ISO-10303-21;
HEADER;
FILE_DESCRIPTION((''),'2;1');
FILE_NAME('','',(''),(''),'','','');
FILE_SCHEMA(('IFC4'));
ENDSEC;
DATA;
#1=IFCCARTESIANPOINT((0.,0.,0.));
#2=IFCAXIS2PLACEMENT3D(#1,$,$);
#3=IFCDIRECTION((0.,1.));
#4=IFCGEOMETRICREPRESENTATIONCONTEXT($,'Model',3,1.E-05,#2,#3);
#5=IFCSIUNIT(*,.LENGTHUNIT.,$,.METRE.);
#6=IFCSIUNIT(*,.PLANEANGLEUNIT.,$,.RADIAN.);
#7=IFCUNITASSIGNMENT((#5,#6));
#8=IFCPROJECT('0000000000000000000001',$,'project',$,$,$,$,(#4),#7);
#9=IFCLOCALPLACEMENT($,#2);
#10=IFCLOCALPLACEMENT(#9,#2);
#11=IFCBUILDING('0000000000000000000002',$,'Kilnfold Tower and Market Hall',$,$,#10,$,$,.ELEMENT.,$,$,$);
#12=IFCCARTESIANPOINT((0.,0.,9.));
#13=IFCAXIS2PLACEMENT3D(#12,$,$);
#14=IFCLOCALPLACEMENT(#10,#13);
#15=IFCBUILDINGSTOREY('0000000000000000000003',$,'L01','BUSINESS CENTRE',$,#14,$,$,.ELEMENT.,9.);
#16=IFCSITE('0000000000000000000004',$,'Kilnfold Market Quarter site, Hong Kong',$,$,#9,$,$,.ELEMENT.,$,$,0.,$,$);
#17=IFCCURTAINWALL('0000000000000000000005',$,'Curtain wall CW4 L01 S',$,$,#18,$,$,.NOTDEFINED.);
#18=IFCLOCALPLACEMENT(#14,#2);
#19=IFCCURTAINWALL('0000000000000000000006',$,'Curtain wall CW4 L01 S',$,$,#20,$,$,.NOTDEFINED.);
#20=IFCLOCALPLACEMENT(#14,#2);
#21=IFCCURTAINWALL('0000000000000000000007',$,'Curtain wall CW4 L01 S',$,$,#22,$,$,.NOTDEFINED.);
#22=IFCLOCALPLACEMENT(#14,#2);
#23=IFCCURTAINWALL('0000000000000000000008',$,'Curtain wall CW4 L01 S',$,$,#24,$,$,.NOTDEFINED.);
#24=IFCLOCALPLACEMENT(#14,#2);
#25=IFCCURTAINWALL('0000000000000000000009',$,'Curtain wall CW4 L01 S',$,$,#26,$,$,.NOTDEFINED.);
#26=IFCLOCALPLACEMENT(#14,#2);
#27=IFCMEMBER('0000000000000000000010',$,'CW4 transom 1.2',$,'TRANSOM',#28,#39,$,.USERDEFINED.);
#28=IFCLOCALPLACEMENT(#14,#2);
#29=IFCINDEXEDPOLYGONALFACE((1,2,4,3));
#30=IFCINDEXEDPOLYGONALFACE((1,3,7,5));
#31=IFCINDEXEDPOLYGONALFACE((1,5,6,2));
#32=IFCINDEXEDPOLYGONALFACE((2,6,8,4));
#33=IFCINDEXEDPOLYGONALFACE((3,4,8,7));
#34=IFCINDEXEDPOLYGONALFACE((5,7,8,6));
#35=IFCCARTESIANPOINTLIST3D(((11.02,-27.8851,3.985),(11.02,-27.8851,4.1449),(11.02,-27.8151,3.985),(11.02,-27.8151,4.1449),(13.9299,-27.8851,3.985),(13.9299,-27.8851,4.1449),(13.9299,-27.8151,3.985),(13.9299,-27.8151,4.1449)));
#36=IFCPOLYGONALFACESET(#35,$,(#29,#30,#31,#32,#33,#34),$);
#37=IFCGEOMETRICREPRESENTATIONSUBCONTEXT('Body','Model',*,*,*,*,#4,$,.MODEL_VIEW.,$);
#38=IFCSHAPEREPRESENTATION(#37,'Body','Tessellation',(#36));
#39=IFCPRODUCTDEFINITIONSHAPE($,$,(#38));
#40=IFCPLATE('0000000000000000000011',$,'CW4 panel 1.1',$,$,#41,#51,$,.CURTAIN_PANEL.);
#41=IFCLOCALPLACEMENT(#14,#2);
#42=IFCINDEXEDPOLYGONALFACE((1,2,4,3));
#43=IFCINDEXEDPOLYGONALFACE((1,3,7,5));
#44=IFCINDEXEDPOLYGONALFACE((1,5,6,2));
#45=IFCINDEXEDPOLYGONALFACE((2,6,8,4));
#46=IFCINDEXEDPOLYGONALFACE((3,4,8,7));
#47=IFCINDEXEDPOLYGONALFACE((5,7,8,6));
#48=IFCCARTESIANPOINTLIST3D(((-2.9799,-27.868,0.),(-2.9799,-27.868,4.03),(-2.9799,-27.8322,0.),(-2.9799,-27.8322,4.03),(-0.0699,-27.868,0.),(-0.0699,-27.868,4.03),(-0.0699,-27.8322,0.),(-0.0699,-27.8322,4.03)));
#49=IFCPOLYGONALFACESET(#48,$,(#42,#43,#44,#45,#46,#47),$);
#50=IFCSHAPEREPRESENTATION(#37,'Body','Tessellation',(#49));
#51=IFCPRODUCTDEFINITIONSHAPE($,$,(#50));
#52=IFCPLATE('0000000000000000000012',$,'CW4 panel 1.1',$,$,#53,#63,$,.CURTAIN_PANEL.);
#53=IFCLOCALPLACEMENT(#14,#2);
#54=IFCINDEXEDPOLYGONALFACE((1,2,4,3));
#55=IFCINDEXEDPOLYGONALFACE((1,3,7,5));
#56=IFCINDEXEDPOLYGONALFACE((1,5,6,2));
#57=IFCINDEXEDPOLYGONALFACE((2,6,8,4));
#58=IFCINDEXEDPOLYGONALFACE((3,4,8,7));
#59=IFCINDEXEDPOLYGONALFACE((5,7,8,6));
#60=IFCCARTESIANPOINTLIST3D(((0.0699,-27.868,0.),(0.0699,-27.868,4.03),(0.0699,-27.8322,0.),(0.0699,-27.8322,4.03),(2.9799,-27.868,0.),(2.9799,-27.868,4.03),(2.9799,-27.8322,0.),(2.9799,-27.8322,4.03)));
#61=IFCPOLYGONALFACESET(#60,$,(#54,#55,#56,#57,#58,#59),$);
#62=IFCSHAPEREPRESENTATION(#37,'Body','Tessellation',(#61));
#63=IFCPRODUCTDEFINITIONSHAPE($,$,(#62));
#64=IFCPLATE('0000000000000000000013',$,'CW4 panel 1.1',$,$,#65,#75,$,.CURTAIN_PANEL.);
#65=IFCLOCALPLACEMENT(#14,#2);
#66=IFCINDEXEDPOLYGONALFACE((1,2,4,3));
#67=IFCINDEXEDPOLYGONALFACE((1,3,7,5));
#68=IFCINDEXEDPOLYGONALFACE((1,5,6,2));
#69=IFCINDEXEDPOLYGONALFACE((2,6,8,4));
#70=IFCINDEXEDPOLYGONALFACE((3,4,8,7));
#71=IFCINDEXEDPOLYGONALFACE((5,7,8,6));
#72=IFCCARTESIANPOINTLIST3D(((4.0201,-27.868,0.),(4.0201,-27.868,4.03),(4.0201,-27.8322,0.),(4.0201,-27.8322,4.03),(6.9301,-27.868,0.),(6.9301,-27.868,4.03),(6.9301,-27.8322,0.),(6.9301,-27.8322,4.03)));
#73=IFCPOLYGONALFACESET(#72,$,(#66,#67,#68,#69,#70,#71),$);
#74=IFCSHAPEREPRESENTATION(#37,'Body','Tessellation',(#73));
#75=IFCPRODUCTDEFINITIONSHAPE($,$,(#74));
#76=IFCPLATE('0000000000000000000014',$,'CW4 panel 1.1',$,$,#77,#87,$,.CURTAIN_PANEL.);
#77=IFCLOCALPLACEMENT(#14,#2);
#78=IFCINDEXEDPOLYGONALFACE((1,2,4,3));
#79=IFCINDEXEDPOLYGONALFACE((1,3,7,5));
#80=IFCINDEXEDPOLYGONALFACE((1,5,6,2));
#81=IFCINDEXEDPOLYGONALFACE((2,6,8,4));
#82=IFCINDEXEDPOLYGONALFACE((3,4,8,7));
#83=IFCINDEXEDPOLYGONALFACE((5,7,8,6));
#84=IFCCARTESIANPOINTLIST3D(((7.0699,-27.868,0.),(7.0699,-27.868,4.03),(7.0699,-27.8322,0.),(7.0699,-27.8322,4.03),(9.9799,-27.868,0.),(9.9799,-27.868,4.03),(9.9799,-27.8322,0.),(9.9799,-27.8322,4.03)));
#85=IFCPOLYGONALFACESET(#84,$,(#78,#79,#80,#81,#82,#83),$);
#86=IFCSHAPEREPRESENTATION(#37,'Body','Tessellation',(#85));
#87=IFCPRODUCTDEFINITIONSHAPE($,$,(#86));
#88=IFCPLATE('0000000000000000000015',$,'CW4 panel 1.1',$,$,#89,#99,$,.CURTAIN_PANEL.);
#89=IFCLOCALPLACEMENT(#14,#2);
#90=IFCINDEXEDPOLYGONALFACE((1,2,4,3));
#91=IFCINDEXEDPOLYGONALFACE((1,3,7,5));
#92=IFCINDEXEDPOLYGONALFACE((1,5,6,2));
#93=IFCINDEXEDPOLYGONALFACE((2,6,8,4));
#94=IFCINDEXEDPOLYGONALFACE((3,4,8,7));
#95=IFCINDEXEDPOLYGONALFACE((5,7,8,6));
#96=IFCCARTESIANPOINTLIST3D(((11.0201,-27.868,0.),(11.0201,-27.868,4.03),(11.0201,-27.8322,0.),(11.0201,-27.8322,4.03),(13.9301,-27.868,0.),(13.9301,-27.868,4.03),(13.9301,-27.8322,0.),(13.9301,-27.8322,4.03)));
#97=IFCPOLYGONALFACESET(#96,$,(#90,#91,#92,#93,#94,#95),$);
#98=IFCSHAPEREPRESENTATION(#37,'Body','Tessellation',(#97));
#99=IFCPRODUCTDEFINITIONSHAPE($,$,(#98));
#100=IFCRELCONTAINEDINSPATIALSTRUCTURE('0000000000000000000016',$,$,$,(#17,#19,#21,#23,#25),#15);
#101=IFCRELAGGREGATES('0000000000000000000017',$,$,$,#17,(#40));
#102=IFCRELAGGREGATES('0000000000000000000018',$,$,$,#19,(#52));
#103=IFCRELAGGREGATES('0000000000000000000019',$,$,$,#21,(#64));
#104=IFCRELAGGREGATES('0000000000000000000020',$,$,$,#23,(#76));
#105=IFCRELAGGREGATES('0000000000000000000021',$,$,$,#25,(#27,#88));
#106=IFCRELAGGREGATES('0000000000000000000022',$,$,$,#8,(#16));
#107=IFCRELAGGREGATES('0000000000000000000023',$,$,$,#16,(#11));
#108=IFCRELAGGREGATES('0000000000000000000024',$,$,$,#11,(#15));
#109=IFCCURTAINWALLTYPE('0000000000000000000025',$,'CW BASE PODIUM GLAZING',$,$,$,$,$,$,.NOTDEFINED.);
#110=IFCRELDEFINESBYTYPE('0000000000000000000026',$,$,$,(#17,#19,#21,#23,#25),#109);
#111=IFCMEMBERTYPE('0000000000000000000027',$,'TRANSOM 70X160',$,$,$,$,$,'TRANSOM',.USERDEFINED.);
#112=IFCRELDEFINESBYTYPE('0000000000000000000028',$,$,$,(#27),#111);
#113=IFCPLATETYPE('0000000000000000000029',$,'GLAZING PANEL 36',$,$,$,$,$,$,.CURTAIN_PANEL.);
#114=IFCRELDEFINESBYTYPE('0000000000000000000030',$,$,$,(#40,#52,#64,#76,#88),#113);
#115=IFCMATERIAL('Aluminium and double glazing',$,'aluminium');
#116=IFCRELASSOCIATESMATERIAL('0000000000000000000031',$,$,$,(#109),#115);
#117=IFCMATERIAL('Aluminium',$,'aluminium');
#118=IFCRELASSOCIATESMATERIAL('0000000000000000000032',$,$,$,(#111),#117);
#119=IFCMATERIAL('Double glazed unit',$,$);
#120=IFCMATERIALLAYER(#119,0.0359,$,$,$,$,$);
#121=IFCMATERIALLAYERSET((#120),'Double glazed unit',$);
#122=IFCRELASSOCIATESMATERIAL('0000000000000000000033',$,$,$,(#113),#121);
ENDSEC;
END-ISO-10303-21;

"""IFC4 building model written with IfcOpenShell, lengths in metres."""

from ifc_helpers import new_model, si_unit, direction, frame, origin, origin_2d, place, context, subcontext, project, spatial, rectangle, extrude, source, transform, mapped, material, layer, layer_set, material_profile, profile_set, type_object, element, aggregate, save


model = new_model("IFC4")

# Units and contexts
model_context = context("Model", 3, precision=1e-05, world=origin(), true_north=direction((0.0, 1.0)))
body_context = subcontext(model_context, "Body", "Model", "MODEL_VIEW")
ifc_project = project(units=[si_unit("LENGTHUNIT", "METRE"), si_unit("PLANEANGLEUNIT", "RADIAN")], contexts=[model_context])

# Site, building, storey
site_placement = place(None, origin())
site = spatial("IfcSite", under=ifc_project, at=site_placement, Name="Kilnfold Market Quarter site, Hong Kong", CompositionType="ELEMENT", RefElevation=0.0)
building_placement = place(site_placement, origin())
building = spatial("IfcBuilding", under=site, at=building_placement, Name="Kilnfold Tower and Market Hall", CompositionType="ELEMENT")
storey_placement = place(building_placement, frame((0.0, 0.0, 9.0)))
storey = spatial("IfcBuildingStorey", under=building, at=storey_placement, Name="L01", Description="BUSINESS CENTRE", CompositionType="ELEMENT", Elevation=9.0)

# Curtain walls
ifc_material_1 = material(Name="Aluminium and double glazing", Category="aluminium")
curtain_wall_type = type_object("IfcCurtainWallType", Name="CW BASE PODIUM GLAZING", PredefinedType="NOTDEFINED", material=ifc_material_1)
curtain_wall_1_placement = place(storey_placement, origin())
curtain_wall_1 = element("IfcCurtainWall", 1, at=curtain_wall_1_placement, inside=storey, type_object=curtain_wall_type, Name="Curtain wall CW4 L01 S", PredefinedType="NOTDEFINED")
curtain_wall_2_placement = place(storey_placement, origin())
curtain_wall_2 = element("IfcCurtainWall", 2, at=curtain_wall_2_placement, inside=storey, type_object=curtain_wall_type, Name="Curtain wall CW4 L01 S", PredefinedType="NOTDEFINED")
curtain_wall_3_placement = place(storey_placement, origin())
curtain_wall_3 = element("IfcCurtainWall", 3, at=curtain_wall_3_placement, inside=storey, type_object=curtain_wall_type, Name="Curtain wall CW4 L01 S", PredefinedType="NOTDEFINED")
curtain_wall_4_placement = place(storey_placement, origin())
curtain_wall_4 = element("IfcCurtainWall", 4, at=curtain_wall_4_placement, inside=storey, type_object=curtain_wall_type, Name="Curtain wall CW4 L01 S", PredefinedType="NOTDEFINED")
curtain_wall_5_placement = place(storey_placement, origin())
curtain_wall_5 = element("IfcCurtainWall", 5, at=curtain_wall_5_placement, inside=storey, type_object=curtain_wall_type, Name="Curtain wall CW4 L01 S", PredefinedType="NOTDEFINED")

# Member
ifc_material_2 = material(Name="Aluminium", Category="aluminium")
ifc_material_profile_1 = material_profile(ifc_material_2, rectangle(XDim=0.0701, YDim=0.1599, at=origin_2d()), Name="TRANSOM 70x160")
ifc_profile_set_1 = profile_set([ifc_material_profile_1], Name="Aluminium")
member_type_1 = type_object("IfcMemberType", Name="TRANSOM 70X160", ElementType="TRANSOM", PredefinedType="USERDEFINED", material=ifc_profile_set_1)
shared_shape_1 = source(origin(), body_context, "Body", "SweptSolid", [
    extrude(rectangle(XDim=0.0701, YDim=0.1599, at=origin_2d()), origin(), (0.0, 0.0, 1.0), 2.9099),
])
member_1_placement = place(storey_placement, frame((11.02, -27.8501, 4.0649), z_axis=(1.0, 0.0, 0.0), x_axis=(0.0, 1.0, 0.0)))
member_1 = element("IfcMember", 6, at=member_1_placement, type_object=member_type_1, Name="CW4 transom 1.2", ObjectType="TRANSOM", PredefinedType="USERDEFINED", context=body_context, shape_type="MappedRepresentation", body=[
    mapped(shared_shape_1, transform((0.0, 0.0, 0.0))),
])

# Plates
ifc_material_3 = material(Name="Double glazed unit")
ifc_layer = layer(ifc_material_3, 0.0359)
ifc_layer_set = layer_set([ifc_layer], Name="Double glazed unit")
plate_type = type_object("IfcPlateType", Name="GLAZING PANEL 36", PredefinedType="CURTAIN_PANEL", material=ifc_layer_set)
shared_shape_2 = source(origin(), body_context, "Body", "SweptSolid", [
    extrude(rectangle(XDim=2.9099, YDim=0.0359, at=origin_2d()), origin(), (0.0, 0.0, 1.0), 4.03),
])
plate_1_placement = place(storey_placement, frame((-1.5249, -27.8501, 0.0), z_axis=(0.0, 0.0, 1.0), x_axis=(1.0, 0.0, 0.0)))
plate_1 = element("IfcPlate", 7, at=plate_1_placement, type_object=plate_type, Name="CW4 panel 1.1", PredefinedType="CURTAIN_PANEL", context=body_context, shape_type="MappedRepresentation", body=[
    mapped(shared_shape_2, transform((0.0, 0.0, 0.0))),
])
aggregate(curtain_wall_1, [plate_1])
plate_2_placement = place(storey_placement, frame((1.5249, -27.8501, 0.0), z_axis=(0.0, 0.0, 1.0), x_axis=(1.0, 0.0, 0.0)))
plate_2 = element("IfcPlate", 8, at=plate_2_placement, type_object=plate_type, Name="CW4 panel 1.1", PredefinedType="CURTAIN_PANEL", context=body_context, shape_type="MappedRepresentation", body=[
    mapped(shared_shape_2, transform((0.0, 0.0, 0.0))),
])
aggregate(curtain_wall_2, [plate_2])
plate_3_placement = place(storey_placement, frame((5.4751, -27.8501, 0.0), z_axis=(0.0, 0.0, 1.0), x_axis=(1.0, 0.0, 0.0)))
plate_3 = element("IfcPlate", 9, at=plate_3_placement, type_object=plate_type, Name="CW4 panel 1.1", PredefinedType="CURTAIN_PANEL", context=body_context, shape_type="MappedRepresentation", body=[
    mapped(shared_shape_2, transform((0.0, 0.0, 0.0))),
])
aggregate(curtain_wall_3, [plate_3])
plate_4_placement = place(storey_placement, frame((8.5249, -27.8501, 0.0), z_axis=(0.0, 0.0, 1.0), x_axis=(1.0, 0.0, 0.0)))
plate_4 = element("IfcPlate", 10, at=plate_4_placement, type_object=plate_type, Name="CW4 panel 1.1", PredefinedType="CURTAIN_PANEL", context=body_context, shape_type="MappedRepresentation", body=[
    mapped(shared_shape_2, transform((0.0, 0.0, 0.0))),
])
aggregate(curtain_wall_4, [plate_4])
plate_5_placement = place(storey_placement, frame((12.4751, -27.8501, 0.0), z_axis=(0.0, 0.0, 1.0), x_axis=(1.0, 0.0, 0.0)))
plate_5 = element("IfcPlate", 11, at=plate_5_placement, type_object=plate_type, Name="CW4 panel 1.1", PredefinedType="CURTAIN_PANEL", context=body_context, shape_type="MappedRepresentation", body=[
    mapped(shared_shape_2, transform((0.0, 0.0, 0.0))),
])
aggregate(curtain_wall_5, [member_1, plate_5])

save(model, "model.ifc")
